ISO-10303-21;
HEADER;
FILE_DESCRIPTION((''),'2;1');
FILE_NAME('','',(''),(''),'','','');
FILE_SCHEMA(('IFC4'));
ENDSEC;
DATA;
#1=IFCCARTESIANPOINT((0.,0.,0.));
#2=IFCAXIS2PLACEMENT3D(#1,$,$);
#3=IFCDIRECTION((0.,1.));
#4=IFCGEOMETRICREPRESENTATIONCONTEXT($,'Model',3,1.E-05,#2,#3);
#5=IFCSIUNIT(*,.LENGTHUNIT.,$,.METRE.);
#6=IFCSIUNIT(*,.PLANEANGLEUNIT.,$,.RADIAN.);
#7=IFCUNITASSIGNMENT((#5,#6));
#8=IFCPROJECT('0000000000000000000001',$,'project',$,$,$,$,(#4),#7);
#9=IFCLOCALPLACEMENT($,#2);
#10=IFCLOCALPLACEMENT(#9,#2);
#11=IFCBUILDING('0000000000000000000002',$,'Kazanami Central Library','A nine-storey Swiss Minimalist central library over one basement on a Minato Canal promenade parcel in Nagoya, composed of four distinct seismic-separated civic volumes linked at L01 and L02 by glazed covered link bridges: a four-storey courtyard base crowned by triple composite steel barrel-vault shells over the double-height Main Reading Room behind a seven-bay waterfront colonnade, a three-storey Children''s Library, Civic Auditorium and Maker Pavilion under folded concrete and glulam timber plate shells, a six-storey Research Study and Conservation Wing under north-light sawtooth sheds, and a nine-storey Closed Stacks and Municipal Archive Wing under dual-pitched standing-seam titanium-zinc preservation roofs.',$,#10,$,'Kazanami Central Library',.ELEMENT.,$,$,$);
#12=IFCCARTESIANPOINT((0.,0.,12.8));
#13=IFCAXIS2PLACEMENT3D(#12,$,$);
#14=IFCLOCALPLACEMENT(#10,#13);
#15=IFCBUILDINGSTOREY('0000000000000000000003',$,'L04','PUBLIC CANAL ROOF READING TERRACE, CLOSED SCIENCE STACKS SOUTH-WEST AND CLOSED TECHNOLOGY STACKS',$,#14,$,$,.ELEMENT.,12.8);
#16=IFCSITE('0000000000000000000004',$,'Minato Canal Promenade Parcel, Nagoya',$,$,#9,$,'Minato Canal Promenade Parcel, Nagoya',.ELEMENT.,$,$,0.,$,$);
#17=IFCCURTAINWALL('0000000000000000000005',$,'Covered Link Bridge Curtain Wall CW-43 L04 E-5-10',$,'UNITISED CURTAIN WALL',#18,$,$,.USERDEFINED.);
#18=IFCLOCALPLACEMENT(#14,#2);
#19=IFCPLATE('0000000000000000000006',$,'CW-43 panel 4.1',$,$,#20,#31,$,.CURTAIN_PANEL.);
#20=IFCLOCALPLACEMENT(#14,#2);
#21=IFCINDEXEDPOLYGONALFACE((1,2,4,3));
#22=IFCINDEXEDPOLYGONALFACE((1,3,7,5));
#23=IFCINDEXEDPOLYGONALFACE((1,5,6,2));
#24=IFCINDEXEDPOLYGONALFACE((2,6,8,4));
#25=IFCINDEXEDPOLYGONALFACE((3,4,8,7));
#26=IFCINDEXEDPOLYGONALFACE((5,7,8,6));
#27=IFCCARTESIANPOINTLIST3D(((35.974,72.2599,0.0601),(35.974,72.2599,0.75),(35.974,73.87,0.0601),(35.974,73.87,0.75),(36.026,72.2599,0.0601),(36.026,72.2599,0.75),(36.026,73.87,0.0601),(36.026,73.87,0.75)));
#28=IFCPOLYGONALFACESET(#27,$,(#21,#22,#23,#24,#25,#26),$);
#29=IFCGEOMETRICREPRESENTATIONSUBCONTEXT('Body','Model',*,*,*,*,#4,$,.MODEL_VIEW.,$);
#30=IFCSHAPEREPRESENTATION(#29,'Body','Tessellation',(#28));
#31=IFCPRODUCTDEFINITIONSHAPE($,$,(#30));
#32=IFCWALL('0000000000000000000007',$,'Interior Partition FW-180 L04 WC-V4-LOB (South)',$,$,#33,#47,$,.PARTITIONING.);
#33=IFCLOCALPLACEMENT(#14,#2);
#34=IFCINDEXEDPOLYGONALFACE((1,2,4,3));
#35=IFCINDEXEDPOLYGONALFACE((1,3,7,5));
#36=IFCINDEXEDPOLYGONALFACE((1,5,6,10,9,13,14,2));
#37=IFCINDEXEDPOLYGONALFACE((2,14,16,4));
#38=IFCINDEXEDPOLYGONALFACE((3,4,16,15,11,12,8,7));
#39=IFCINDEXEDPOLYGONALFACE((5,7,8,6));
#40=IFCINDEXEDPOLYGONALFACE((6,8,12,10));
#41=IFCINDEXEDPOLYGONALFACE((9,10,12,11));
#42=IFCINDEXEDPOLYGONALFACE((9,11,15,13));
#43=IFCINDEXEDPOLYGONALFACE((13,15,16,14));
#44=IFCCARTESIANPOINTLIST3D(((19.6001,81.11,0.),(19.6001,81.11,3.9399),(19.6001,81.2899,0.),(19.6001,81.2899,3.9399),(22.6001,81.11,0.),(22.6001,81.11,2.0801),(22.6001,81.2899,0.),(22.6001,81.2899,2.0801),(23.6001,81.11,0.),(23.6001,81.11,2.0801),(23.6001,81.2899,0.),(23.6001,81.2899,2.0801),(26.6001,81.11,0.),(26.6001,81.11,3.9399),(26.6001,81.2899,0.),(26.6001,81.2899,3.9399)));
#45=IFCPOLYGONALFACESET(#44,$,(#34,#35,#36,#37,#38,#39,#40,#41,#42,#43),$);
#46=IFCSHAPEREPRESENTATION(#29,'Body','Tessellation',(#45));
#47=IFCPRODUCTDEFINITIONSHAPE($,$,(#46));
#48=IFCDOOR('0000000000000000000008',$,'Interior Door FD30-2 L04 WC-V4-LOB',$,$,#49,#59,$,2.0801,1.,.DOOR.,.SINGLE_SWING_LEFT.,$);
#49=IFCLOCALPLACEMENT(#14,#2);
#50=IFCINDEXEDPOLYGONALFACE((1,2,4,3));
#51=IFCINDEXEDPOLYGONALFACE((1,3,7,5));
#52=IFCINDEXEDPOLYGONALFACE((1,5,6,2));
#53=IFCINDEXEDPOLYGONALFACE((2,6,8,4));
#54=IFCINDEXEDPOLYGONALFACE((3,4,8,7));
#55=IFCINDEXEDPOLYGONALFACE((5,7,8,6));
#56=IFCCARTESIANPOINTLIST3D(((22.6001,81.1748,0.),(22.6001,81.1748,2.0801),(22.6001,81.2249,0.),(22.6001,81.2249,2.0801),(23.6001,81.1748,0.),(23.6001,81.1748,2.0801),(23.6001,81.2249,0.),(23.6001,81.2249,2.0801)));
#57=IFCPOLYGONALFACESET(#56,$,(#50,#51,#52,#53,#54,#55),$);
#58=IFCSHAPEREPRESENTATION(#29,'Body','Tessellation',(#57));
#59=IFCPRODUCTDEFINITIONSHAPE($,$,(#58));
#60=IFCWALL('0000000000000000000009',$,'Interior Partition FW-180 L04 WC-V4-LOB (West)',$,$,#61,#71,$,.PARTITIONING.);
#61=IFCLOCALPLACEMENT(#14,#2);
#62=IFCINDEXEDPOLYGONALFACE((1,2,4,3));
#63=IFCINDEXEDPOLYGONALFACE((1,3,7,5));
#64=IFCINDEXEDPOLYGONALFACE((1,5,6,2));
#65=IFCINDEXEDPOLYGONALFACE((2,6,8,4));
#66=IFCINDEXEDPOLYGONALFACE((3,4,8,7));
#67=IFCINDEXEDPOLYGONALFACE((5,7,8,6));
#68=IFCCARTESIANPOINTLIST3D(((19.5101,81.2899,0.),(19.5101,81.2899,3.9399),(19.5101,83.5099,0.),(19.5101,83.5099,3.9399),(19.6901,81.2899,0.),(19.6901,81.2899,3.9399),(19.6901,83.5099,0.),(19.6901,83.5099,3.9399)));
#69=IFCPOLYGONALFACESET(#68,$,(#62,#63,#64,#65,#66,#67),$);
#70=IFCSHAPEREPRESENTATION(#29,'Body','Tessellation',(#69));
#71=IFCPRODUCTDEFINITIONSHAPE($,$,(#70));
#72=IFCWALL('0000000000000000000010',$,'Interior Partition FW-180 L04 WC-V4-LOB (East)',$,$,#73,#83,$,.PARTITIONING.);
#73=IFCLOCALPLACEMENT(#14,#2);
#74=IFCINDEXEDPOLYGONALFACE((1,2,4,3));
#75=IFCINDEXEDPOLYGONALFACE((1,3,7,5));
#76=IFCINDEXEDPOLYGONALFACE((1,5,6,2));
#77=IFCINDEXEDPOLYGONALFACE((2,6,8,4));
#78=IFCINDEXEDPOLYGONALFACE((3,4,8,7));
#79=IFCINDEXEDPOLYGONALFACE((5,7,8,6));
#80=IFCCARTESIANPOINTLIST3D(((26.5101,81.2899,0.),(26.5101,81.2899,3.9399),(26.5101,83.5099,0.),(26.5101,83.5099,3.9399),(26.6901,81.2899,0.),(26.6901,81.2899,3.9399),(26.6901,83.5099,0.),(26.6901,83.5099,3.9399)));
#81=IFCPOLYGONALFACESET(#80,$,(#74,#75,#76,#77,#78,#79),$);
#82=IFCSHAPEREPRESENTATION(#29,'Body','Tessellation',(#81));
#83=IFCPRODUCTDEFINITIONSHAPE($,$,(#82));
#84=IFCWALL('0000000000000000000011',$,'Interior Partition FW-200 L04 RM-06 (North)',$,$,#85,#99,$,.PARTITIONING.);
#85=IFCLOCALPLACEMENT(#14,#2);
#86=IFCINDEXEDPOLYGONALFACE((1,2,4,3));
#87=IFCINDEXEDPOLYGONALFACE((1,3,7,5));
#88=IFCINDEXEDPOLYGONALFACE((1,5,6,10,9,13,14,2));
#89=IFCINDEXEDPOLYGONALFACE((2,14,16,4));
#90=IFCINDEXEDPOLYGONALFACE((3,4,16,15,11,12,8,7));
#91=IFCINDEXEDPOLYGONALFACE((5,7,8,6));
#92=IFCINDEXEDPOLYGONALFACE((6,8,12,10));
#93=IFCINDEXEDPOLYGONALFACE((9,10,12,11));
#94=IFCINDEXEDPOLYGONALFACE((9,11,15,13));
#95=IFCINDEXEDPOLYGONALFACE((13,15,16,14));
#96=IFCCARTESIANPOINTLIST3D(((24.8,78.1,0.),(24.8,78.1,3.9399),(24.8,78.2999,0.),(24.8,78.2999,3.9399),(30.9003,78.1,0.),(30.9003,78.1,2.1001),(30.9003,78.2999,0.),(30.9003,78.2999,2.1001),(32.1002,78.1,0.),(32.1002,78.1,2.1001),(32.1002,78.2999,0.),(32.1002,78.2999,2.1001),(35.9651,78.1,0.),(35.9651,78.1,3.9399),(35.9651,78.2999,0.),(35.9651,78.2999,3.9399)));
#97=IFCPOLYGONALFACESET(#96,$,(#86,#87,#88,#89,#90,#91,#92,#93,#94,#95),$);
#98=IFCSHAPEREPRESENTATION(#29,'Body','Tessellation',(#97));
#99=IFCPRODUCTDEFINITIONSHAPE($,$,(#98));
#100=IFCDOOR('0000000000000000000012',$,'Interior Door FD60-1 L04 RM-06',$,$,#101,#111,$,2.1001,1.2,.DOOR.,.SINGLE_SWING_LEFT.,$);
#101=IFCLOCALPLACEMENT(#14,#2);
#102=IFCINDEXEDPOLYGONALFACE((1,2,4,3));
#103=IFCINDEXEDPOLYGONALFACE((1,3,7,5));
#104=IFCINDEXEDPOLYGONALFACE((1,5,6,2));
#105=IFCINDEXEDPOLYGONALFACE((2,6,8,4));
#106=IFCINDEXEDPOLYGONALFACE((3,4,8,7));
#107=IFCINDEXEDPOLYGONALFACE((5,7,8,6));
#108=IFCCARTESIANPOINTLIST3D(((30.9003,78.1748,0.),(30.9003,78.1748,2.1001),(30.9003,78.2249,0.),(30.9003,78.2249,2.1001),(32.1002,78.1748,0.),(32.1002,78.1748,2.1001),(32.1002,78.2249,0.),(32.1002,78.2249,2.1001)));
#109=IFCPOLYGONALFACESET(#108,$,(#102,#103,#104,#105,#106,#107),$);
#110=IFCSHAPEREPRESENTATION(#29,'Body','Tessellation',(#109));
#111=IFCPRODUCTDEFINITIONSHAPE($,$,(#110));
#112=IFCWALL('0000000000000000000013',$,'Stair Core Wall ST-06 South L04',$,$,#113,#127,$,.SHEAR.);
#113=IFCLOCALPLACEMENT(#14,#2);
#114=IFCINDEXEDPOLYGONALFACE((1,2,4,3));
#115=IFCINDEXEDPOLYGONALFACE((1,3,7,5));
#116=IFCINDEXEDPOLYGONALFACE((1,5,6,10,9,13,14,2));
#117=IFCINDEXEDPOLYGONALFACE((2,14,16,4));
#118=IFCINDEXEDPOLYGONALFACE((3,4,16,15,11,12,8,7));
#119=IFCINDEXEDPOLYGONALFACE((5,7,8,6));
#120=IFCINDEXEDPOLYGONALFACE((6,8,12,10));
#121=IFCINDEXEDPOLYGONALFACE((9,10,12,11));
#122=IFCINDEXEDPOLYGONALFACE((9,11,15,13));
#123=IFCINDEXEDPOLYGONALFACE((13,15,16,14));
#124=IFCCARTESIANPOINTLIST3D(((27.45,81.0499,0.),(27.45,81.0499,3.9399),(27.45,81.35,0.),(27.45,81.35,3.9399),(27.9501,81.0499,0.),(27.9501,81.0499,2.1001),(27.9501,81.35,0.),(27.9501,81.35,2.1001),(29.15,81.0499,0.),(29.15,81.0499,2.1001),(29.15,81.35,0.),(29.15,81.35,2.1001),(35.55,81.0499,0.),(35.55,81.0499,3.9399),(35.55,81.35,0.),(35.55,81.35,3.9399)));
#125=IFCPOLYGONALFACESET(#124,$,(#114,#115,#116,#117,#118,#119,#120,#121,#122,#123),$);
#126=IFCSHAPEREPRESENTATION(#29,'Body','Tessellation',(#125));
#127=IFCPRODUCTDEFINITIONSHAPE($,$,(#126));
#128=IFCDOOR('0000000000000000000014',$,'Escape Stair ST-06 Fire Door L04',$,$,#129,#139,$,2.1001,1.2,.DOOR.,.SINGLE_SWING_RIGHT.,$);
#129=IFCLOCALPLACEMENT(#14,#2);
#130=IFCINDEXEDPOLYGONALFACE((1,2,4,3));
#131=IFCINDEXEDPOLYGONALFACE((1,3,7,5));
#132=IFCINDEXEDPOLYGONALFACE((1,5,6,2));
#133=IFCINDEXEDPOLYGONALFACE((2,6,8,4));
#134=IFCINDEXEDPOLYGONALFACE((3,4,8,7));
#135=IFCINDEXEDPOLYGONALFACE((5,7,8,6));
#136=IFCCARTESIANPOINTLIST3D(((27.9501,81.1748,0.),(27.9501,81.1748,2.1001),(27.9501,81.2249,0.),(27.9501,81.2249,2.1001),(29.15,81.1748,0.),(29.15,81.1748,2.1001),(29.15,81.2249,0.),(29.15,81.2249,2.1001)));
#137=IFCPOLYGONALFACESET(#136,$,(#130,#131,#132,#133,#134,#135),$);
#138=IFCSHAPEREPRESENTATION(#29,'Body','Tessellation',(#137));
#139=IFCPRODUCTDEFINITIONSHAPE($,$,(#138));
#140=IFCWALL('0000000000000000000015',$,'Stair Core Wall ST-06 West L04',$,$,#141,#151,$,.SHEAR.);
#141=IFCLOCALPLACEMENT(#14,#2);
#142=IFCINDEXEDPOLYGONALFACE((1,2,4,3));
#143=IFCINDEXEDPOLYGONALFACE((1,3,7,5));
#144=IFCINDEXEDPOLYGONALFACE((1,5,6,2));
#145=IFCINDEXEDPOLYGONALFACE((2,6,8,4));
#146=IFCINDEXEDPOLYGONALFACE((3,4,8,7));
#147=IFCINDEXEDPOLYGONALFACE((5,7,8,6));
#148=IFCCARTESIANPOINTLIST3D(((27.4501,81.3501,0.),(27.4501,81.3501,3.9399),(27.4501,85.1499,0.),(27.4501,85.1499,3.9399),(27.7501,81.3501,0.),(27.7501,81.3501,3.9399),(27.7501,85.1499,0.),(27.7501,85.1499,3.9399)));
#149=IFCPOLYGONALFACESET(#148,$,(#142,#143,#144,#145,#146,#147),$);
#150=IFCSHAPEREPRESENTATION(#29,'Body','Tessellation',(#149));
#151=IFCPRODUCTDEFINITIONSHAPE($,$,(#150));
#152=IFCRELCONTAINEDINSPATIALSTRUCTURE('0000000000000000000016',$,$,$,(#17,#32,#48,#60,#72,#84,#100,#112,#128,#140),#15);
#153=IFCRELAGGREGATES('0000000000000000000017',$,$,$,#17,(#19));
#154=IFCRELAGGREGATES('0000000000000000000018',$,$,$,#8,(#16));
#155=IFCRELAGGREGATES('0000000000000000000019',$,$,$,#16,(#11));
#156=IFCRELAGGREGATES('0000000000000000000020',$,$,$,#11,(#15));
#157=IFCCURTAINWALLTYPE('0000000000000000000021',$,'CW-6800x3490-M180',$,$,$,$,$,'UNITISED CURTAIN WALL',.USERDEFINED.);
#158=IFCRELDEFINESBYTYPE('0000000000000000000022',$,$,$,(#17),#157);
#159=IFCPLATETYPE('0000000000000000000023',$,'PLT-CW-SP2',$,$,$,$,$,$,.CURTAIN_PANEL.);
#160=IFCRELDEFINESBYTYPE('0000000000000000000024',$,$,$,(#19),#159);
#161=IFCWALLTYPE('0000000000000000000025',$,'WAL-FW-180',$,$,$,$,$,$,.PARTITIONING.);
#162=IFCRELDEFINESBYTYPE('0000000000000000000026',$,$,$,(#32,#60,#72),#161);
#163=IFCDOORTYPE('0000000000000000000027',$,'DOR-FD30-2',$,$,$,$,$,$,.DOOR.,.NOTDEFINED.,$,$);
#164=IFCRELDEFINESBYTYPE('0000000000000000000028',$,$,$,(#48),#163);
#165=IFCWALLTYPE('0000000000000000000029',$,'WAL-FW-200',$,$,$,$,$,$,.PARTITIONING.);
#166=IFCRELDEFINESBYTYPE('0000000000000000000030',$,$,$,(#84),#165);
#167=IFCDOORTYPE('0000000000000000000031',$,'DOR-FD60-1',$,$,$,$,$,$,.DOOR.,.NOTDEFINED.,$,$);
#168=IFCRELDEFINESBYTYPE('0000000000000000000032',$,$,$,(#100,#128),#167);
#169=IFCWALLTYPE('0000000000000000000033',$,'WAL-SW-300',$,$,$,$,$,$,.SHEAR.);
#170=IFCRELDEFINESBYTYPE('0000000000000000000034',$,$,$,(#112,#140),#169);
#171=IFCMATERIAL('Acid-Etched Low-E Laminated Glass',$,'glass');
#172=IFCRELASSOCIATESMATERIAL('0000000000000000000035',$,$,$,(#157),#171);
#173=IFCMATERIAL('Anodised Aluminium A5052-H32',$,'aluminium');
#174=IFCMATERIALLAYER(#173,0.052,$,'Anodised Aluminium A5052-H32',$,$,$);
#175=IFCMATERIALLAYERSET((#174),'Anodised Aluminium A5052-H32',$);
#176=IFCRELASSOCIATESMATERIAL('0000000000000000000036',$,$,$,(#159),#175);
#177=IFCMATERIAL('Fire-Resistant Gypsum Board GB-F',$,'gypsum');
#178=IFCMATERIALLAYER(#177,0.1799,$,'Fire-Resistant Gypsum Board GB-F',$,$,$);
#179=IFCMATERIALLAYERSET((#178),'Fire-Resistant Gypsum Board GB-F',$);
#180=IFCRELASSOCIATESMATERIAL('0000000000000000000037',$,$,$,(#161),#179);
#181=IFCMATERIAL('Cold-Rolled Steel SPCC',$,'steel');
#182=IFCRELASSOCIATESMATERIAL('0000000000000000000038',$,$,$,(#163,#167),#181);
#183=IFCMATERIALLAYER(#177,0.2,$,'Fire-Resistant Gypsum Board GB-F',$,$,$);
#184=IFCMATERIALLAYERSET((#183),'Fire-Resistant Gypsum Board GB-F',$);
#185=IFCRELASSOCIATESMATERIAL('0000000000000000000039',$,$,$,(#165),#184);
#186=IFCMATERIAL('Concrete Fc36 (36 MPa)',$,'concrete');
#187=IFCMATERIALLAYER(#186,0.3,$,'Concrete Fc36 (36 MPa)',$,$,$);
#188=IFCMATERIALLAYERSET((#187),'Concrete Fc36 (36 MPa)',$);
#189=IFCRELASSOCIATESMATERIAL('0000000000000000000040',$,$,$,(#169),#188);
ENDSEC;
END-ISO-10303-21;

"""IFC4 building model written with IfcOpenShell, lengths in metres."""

from ifc_helpers import new_model, si_unit, direction, frame, frame_2d, origin, origin_2d, place, context, subcontext, project, spatial, rectangle, extrude, material, layer, layer_set, type_object, element, fill, aggregate, save


model = new_model("IFC4")

# Units and contexts
model_context = context("Model", 3, precision=1e-05, world=origin(), true_north=direction((0.0, 1.0)))
body_context = subcontext(model_context, "Body", "Model", "MODEL_VIEW")
ifc_project = project(units=[si_unit("LENGTHUNIT", "METRE"), si_unit("PLANEANGLEUNIT", "RADIAN")], contexts=[model_context])

# Site, building, storey
site_placement = place(None, origin())
site = spatial("IfcSite", under=ifc_project, at=site_placement, Name="Minato Canal Promenade Parcel, Nagoya", LongName="Minato Canal Promenade Parcel, Nagoya", CompositionType="ELEMENT", RefElevation=0.0)
building_placement = place(site_placement, origin())
building = spatial("IfcBuilding", under=site, at=building_placement, Name="Kazanami Central Library", Description="A nine-storey Swiss Minimalist central library over one basement on a Minato Canal promenade parcel in Nagoya, composed of four distinct seismic-separated civic volumes linked at L01 and L02 by glazed covered link bridges: a four-storey courtyard base crowned by triple composite steel barrel-vault shells over the double-height Main Reading Room behind a seven-bay waterfront colonnade, a three-storey Children's Library, Civic Auditorium and Maker Pavilion under folded concrete and glulam timber plate shells, a six-storey Research Study and Conservation Wing under north-light sawtooth sheds, and a nine-storey Closed Stacks and Municipal Archive Wing under dual-pitched standing-seam titanium-zinc preservation roofs.", LongName="Kazanami Central Library", CompositionType="ELEMENT")
storey_placement = place(building_placement, frame((0.0, 0.0, 12.8)))
storey = spatial("IfcBuildingStorey", under=building, at=storey_placement, Name="L04", Description="PUBLIC CANAL ROOF READING TERRACE, CLOSED SCIENCE STACKS SOUTH-WEST AND CLOSED TECHNOLOGY STACKS", CompositionType="ELEMENT", Elevation=12.8)

# Curtain wall, plate
ifc_material_1 = material(Name="Acid-Etched Low-E Laminated Glass", Category="glass")
curtain_wall_type = type_object("IfcCurtainWallType", Name="CW-6800x3490-M180", ElementType="UNITISED CURTAIN WALL", PredefinedType="USERDEFINED", material=ifc_material_1)
curtain_wall_placement = place(storey_placement, origin())
curtain_wall = element("IfcCurtainWall", 1, at=curtain_wall_placement, inside=storey, type_object=curtain_wall_type, Name="Covered Link Bridge Curtain Wall CW-43 L04 E-5-10", ObjectType="UNITISED CURTAIN WALL", PredefinedType="USERDEFINED")
ifc_material_2 = material(Name="Anodised Aluminium A5052-H32", Category="aluminium")
ifc_layer_1 = layer(ifc_material_2, 0.052, Name="Anodised Aluminium A5052-H32")
ifc_layer_set_1 = layer_set([ifc_layer_1], Name="Anodised Aluminium A5052-H32")
plate_type_1 = type_object("IfcPlateType", Name="PLT-CW-SP2", PredefinedType="CURTAIN_PANEL", material=ifc_layer_set_1)
plate_1_placement = place(storey_placement, frame((36.0, 73.0649, 0.0601), z_axis=(0.0, 0.0, 1.0), x_axis=(0.0, -1.0, 0.0)))
plate_1 = element("IfcPlate", 2, at=plate_1_placement, type_object=plate_type_1, Name="CW-43 panel 4.1", PredefinedType="CURTAIN_PANEL", context=body_context, shape_type="SweptSolid", body=[
    extrude(rectangle(XDim=1.6101, YDim=0.052, at=origin_2d()), origin(), (0.0, 0.0, 1.0), 0.6899),
])
aggregate(curtain_wall, [plate_1])

# Wall, opening, door
ifc_material_3 = material(Name="Fire-Resistant Gypsum Board GB-F", Category="gypsum")
ifc_layer_2 = layer(ifc_material_3, 0.1799, Name="Fire-Resistant Gypsum Board GB-F")
ifc_layer_set_2 = layer_set([ifc_layer_2], Name="Fire-Resistant Gypsum Board GB-F")
wall_type_1 = type_object("IfcWallType", Name="WAL-FW-180", PredefinedType="PARTITIONING", material=ifc_layer_set_2)
wall_1_placement = place(storey_placement, frame((19.6001, 81.2, 0.0), z_axis=(0.0, 0.0, 1.0), x_axis=(1.0, 0.0, 0.0)))
wall_1 = element("IfcWall", 3, at=wall_1_placement, inside=storey, type_object=wall_type_1, Name="Interior Partition FW-180 L04 WC-V4-LOB (South)", PredefinedType="PARTITIONING", context=body_context, shape_type="SweptSolid", body=[
    extrude(rectangle(XDim=7.0, YDim=0.1799, at=frame_2d((3.5, 0.0))), origin(), (0.0, 0.0, 1.0), 3.9399),
])
opening_1_placement = place(wall_1_placement, frame((3.0, 0.0, 0.0)))
opening_1 = element("IfcOpeningElement", 4, at=opening_1_placement, cuts=wall_1, PredefinedType="OPENING", context=body_context, shape_type="SweptSolid", body=[
    extrude(rectangle(XDim=1.0, YDim=2.0801, at=frame_2d((0.5, 1.04))), frame((0.0, 0.1021, 0.0), z_axis=(0.0, -1.0, 0.0), x_axis=(1.0, 0.0, 0.0)), (0.0, 0.0, 1.0), 0.2039),
])
ifc_material_4 = material(Name="Cold-Rolled Steel SPCC", Category="steel")
door_type_1 = type_object("IfcDoorType", Name="DOR-FD30-2", OperationType="NOTDEFINED", PredefinedType="DOOR", material=ifc_material_4)
door_1_placement = place(opening_1_placement, origin())
door_1 = element("IfcDoor", 5, at=door_1_placement, inside=storey, type_object=door_type_1, Name="Interior Door FD30-2 L04 WC-V4-LOB", OperationType="SINGLE_SWING_LEFT", OverallHeight=2.0801, OverallWidth=1.0, PredefinedType="DOOR", context=body_context, shape_type="SweptSolid", body=[
    extrude(rectangle(XDim=1.0, YDim=2.0801, at=frame_2d((0.5, 1.04))), frame((0.0, 0.0249, 0.0), z_axis=(0.0, -1.0, 0.0), x_axis=(1.0, 0.0, 0.0)), (0.0, 0.0, 1.0), 0.05),
])
fill(opening_1, door_1)

# Walls
for number, where, z_axis, x_axis, name in (
    (6, (19.6001, 81.29, 0.0), (0.0, 0.0, 1.0), (0.0, 1.0, 0.0), "Interior Partition FW-180 L04 WC-V4-LOB (West)"),
    (7, (26.6001, 81.29, 0.0), (0.0, 0.0, 1.0), (0.0, 1.0, 0.0), "Interior Partition FW-180 L04 WC-V4-LOB (East)"),
):
    element("IfcWall", number, at=place(storey_placement, frame(where, z_axis=z_axis, x_axis=x_axis)), inside=storey, type_object=wall_type_1, Name=name, PredefinedType="PARTITIONING", context=body_context, shape_type="SweptSolid", body=[
        extrude(rectangle(XDim=2.22, YDim=0.1799, at=frame_2d((1.1099, 0.0))), origin(), (0.0, 0.0, 1.0), 3.9399),
    ])

# Walls, openings, doors
ifc_layer_3 = layer(ifc_material_3, 0.2, Name="Fire-Resistant Gypsum Board GB-F")
ifc_layer_set_3 = layer_set([ifc_layer_3], Name="Fire-Resistant Gypsum Board GB-F")
wall_type_2 = type_object("IfcWallType", Name="WAL-FW-200", PredefinedType="PARTITIONING", material=ifc_layer_set_3)
wall_2_placement = place(storey_placement, frame((24.8, 78.2, 0.0), z_axis=(0.0, 0.0, 1.0), x_axis=(1.0, 0.0, 0.0)))
wall_2 = element("IfcWall", 8, at=wall_2_placement, inside=storey, type_object=wall_type_2, Name="Interior Partition FW-200 L04 RM-06 (North)", PredefinedType="PARTITIONING", context=body_context, shape_type="SweptSolid", body=[
    extrude(rectangle(XDim=11.165, YDim=0.2, at=frame_2d((5.5825, 0.0))), origin(), (0.0, 0.0, 1.0), 3.9399),
])
opening_2_placement = place(wall_2_placement, frame((6.1001, 0.0, 0.0)))
opening_2 = element("IfcOpeningElement", 9, at=opening_2_placement, cuts=wall_2, PredefinedType="OPENING", context=body_context, shape_type="SweptSolid", body=[
    extrude(rectangle(XDim=1.2, YDim=2.1001, at=frame_2d((0.6001, 1.05))), frame((0.0, 0.1118, 0.0), z_axis=(0.0, -1.0, 0.0), x_axis=(1.0, 0.0, 0.0)), (0.0, 0.0, 1.0), 0.2239),
])
door_type_2 = type_object("IfcDoorType", Name="DOR-FD60-1", OperationType="NOTDEFINED", PredefinedType="DOOR", material=ifc_material_4)
door_2_placement = place(opening_2_placement, origin())
door_2 = element("IfcDoor", 10, at=door_2_placement, inside=storey, type_object=door_type_2, Name="Interior Door FD60-1 L04 RM-06", OperationType="SINGLE_SWING_LEFT", OverallHeight=2.1001, OverallWidth=1.2, PredefinedType="DOOR", context=body_context, shape_type="SweptSolid", body=[
    extrude(rectangle(XDim=1.2, YDim=2.1001, at=frame_2d((0.6001, 1.05))), frame((0.0, 0.0249, 0.0), z_axis=(0.0, -1.0, 0.0), x_axis=(1.0, 0.0, 0.0)), (0.0, 0.0, 1.0), 0.05),
])
fill(opening_2, door_2)
ifc_material_5 = material(Name="Concrete Fc36 (36 MPa)", Category="concrete")
ifc_layer_4 = layer(ifc_material_5, 0.3, Name="Concrete Fc36 (36 MPa)")
ifc_layer_set_4 = layer_set([ifc_layer_4], Name="Concrete Fc36 (36 MPa)")
wall_type_3 = type_object("IfcWallType", Name="WAL-SW-300", PredefinedType="SHEAR", material=ifc_layer_set_4)
wall_3_placement = place(storey_placement, frame((27.45, 81.2, 0.0), z_axis=(0.0, 0.0, 1.0), x_axis=(1.0, 0.0, 0.0)))
wall_3 = element("IfcWall", 11, at=wall_3_placement, inside=storey, type_object=wall_type_3, Name="Stair Core Wall ST-06 South L04", PredefinedType="SHEAR", context=body_context, shape_type="SweptSolid", body=[
    extrude(rectangle(XDim=8.1001, YDim=0.3, at=frame_2d((4.05, 0.0))), origin(), (0.0, 0.0, 1.0), 3.9399),
])
opening_3_placement = place(wall_3_placement, frame((0.5, 0.0, 0.0)))
opening_3 = element("IfcOpeningElement", 12, at=opening_3_placement, cuts=wall_3, PredefinedType="OPENING", context=body_context, shape_type="SweptSolid", body=[
    extrude(rectangle(XDim=1.2, YDim=2.1001, at=frame_2d((0.6001, 1.05))), frame((0.0, 0.1621, 0.0), z_axis=(0.0, -1.0, 0.0), x_axis=(1.0, 0.0, 0.0)), (0.0, 0.0, 1.0), 0.324),
])
door_3_placement = place(opening_3_placement, origin())
door_3 = element("IfcDoor", 13, at=door_3_placement, inside=storey, type_object=door_type_2, Name="Escape Stair ST-06 Fire Door L04", OperationType="SINGLE_SWING_RIGHT", OverallHeight=2.1001, OverallWidth=1.2, PredefinedType="DOOR", context=body_context, shape_type="SweptSolid", body=[
    extrude(rectangle(XDim=1.2, YDim=2.1001, at=frame_2d((0.6001, 1.05))), frame((0.0, 0.0249, 0.0), z_axis=(0.0, -1.0, 0.0), x_axis=(1.0, 0.0, 0.0)), (0.0, 0.0, 1.0), 0.05),
])
fill(opening_3, door_3)

# Wall
wall_4_placement = place(storey_placement, frame((27.6001, 81.3501, 0.0), z_axis=(0.0, 0.0, 1.0), x_axis=(0.0, 1.0, 0.0)))
element("IfcWall", 14, at=wall_4_placement, inside=storey, type_object=wall_type_3, Name="Stair Core Wall ST-06 West L04", PredefinedType="SHEAR", context=body_context, shape_type="SweptSolid", body=[
    extrude(rectangle(XDim=3.7998, YDim=0.3, at=frame_2d((1.8999, 0.0))), origin(), (0.0, 0.0, 1.0), 3.9399),
])

save(model, "model.ifc")
